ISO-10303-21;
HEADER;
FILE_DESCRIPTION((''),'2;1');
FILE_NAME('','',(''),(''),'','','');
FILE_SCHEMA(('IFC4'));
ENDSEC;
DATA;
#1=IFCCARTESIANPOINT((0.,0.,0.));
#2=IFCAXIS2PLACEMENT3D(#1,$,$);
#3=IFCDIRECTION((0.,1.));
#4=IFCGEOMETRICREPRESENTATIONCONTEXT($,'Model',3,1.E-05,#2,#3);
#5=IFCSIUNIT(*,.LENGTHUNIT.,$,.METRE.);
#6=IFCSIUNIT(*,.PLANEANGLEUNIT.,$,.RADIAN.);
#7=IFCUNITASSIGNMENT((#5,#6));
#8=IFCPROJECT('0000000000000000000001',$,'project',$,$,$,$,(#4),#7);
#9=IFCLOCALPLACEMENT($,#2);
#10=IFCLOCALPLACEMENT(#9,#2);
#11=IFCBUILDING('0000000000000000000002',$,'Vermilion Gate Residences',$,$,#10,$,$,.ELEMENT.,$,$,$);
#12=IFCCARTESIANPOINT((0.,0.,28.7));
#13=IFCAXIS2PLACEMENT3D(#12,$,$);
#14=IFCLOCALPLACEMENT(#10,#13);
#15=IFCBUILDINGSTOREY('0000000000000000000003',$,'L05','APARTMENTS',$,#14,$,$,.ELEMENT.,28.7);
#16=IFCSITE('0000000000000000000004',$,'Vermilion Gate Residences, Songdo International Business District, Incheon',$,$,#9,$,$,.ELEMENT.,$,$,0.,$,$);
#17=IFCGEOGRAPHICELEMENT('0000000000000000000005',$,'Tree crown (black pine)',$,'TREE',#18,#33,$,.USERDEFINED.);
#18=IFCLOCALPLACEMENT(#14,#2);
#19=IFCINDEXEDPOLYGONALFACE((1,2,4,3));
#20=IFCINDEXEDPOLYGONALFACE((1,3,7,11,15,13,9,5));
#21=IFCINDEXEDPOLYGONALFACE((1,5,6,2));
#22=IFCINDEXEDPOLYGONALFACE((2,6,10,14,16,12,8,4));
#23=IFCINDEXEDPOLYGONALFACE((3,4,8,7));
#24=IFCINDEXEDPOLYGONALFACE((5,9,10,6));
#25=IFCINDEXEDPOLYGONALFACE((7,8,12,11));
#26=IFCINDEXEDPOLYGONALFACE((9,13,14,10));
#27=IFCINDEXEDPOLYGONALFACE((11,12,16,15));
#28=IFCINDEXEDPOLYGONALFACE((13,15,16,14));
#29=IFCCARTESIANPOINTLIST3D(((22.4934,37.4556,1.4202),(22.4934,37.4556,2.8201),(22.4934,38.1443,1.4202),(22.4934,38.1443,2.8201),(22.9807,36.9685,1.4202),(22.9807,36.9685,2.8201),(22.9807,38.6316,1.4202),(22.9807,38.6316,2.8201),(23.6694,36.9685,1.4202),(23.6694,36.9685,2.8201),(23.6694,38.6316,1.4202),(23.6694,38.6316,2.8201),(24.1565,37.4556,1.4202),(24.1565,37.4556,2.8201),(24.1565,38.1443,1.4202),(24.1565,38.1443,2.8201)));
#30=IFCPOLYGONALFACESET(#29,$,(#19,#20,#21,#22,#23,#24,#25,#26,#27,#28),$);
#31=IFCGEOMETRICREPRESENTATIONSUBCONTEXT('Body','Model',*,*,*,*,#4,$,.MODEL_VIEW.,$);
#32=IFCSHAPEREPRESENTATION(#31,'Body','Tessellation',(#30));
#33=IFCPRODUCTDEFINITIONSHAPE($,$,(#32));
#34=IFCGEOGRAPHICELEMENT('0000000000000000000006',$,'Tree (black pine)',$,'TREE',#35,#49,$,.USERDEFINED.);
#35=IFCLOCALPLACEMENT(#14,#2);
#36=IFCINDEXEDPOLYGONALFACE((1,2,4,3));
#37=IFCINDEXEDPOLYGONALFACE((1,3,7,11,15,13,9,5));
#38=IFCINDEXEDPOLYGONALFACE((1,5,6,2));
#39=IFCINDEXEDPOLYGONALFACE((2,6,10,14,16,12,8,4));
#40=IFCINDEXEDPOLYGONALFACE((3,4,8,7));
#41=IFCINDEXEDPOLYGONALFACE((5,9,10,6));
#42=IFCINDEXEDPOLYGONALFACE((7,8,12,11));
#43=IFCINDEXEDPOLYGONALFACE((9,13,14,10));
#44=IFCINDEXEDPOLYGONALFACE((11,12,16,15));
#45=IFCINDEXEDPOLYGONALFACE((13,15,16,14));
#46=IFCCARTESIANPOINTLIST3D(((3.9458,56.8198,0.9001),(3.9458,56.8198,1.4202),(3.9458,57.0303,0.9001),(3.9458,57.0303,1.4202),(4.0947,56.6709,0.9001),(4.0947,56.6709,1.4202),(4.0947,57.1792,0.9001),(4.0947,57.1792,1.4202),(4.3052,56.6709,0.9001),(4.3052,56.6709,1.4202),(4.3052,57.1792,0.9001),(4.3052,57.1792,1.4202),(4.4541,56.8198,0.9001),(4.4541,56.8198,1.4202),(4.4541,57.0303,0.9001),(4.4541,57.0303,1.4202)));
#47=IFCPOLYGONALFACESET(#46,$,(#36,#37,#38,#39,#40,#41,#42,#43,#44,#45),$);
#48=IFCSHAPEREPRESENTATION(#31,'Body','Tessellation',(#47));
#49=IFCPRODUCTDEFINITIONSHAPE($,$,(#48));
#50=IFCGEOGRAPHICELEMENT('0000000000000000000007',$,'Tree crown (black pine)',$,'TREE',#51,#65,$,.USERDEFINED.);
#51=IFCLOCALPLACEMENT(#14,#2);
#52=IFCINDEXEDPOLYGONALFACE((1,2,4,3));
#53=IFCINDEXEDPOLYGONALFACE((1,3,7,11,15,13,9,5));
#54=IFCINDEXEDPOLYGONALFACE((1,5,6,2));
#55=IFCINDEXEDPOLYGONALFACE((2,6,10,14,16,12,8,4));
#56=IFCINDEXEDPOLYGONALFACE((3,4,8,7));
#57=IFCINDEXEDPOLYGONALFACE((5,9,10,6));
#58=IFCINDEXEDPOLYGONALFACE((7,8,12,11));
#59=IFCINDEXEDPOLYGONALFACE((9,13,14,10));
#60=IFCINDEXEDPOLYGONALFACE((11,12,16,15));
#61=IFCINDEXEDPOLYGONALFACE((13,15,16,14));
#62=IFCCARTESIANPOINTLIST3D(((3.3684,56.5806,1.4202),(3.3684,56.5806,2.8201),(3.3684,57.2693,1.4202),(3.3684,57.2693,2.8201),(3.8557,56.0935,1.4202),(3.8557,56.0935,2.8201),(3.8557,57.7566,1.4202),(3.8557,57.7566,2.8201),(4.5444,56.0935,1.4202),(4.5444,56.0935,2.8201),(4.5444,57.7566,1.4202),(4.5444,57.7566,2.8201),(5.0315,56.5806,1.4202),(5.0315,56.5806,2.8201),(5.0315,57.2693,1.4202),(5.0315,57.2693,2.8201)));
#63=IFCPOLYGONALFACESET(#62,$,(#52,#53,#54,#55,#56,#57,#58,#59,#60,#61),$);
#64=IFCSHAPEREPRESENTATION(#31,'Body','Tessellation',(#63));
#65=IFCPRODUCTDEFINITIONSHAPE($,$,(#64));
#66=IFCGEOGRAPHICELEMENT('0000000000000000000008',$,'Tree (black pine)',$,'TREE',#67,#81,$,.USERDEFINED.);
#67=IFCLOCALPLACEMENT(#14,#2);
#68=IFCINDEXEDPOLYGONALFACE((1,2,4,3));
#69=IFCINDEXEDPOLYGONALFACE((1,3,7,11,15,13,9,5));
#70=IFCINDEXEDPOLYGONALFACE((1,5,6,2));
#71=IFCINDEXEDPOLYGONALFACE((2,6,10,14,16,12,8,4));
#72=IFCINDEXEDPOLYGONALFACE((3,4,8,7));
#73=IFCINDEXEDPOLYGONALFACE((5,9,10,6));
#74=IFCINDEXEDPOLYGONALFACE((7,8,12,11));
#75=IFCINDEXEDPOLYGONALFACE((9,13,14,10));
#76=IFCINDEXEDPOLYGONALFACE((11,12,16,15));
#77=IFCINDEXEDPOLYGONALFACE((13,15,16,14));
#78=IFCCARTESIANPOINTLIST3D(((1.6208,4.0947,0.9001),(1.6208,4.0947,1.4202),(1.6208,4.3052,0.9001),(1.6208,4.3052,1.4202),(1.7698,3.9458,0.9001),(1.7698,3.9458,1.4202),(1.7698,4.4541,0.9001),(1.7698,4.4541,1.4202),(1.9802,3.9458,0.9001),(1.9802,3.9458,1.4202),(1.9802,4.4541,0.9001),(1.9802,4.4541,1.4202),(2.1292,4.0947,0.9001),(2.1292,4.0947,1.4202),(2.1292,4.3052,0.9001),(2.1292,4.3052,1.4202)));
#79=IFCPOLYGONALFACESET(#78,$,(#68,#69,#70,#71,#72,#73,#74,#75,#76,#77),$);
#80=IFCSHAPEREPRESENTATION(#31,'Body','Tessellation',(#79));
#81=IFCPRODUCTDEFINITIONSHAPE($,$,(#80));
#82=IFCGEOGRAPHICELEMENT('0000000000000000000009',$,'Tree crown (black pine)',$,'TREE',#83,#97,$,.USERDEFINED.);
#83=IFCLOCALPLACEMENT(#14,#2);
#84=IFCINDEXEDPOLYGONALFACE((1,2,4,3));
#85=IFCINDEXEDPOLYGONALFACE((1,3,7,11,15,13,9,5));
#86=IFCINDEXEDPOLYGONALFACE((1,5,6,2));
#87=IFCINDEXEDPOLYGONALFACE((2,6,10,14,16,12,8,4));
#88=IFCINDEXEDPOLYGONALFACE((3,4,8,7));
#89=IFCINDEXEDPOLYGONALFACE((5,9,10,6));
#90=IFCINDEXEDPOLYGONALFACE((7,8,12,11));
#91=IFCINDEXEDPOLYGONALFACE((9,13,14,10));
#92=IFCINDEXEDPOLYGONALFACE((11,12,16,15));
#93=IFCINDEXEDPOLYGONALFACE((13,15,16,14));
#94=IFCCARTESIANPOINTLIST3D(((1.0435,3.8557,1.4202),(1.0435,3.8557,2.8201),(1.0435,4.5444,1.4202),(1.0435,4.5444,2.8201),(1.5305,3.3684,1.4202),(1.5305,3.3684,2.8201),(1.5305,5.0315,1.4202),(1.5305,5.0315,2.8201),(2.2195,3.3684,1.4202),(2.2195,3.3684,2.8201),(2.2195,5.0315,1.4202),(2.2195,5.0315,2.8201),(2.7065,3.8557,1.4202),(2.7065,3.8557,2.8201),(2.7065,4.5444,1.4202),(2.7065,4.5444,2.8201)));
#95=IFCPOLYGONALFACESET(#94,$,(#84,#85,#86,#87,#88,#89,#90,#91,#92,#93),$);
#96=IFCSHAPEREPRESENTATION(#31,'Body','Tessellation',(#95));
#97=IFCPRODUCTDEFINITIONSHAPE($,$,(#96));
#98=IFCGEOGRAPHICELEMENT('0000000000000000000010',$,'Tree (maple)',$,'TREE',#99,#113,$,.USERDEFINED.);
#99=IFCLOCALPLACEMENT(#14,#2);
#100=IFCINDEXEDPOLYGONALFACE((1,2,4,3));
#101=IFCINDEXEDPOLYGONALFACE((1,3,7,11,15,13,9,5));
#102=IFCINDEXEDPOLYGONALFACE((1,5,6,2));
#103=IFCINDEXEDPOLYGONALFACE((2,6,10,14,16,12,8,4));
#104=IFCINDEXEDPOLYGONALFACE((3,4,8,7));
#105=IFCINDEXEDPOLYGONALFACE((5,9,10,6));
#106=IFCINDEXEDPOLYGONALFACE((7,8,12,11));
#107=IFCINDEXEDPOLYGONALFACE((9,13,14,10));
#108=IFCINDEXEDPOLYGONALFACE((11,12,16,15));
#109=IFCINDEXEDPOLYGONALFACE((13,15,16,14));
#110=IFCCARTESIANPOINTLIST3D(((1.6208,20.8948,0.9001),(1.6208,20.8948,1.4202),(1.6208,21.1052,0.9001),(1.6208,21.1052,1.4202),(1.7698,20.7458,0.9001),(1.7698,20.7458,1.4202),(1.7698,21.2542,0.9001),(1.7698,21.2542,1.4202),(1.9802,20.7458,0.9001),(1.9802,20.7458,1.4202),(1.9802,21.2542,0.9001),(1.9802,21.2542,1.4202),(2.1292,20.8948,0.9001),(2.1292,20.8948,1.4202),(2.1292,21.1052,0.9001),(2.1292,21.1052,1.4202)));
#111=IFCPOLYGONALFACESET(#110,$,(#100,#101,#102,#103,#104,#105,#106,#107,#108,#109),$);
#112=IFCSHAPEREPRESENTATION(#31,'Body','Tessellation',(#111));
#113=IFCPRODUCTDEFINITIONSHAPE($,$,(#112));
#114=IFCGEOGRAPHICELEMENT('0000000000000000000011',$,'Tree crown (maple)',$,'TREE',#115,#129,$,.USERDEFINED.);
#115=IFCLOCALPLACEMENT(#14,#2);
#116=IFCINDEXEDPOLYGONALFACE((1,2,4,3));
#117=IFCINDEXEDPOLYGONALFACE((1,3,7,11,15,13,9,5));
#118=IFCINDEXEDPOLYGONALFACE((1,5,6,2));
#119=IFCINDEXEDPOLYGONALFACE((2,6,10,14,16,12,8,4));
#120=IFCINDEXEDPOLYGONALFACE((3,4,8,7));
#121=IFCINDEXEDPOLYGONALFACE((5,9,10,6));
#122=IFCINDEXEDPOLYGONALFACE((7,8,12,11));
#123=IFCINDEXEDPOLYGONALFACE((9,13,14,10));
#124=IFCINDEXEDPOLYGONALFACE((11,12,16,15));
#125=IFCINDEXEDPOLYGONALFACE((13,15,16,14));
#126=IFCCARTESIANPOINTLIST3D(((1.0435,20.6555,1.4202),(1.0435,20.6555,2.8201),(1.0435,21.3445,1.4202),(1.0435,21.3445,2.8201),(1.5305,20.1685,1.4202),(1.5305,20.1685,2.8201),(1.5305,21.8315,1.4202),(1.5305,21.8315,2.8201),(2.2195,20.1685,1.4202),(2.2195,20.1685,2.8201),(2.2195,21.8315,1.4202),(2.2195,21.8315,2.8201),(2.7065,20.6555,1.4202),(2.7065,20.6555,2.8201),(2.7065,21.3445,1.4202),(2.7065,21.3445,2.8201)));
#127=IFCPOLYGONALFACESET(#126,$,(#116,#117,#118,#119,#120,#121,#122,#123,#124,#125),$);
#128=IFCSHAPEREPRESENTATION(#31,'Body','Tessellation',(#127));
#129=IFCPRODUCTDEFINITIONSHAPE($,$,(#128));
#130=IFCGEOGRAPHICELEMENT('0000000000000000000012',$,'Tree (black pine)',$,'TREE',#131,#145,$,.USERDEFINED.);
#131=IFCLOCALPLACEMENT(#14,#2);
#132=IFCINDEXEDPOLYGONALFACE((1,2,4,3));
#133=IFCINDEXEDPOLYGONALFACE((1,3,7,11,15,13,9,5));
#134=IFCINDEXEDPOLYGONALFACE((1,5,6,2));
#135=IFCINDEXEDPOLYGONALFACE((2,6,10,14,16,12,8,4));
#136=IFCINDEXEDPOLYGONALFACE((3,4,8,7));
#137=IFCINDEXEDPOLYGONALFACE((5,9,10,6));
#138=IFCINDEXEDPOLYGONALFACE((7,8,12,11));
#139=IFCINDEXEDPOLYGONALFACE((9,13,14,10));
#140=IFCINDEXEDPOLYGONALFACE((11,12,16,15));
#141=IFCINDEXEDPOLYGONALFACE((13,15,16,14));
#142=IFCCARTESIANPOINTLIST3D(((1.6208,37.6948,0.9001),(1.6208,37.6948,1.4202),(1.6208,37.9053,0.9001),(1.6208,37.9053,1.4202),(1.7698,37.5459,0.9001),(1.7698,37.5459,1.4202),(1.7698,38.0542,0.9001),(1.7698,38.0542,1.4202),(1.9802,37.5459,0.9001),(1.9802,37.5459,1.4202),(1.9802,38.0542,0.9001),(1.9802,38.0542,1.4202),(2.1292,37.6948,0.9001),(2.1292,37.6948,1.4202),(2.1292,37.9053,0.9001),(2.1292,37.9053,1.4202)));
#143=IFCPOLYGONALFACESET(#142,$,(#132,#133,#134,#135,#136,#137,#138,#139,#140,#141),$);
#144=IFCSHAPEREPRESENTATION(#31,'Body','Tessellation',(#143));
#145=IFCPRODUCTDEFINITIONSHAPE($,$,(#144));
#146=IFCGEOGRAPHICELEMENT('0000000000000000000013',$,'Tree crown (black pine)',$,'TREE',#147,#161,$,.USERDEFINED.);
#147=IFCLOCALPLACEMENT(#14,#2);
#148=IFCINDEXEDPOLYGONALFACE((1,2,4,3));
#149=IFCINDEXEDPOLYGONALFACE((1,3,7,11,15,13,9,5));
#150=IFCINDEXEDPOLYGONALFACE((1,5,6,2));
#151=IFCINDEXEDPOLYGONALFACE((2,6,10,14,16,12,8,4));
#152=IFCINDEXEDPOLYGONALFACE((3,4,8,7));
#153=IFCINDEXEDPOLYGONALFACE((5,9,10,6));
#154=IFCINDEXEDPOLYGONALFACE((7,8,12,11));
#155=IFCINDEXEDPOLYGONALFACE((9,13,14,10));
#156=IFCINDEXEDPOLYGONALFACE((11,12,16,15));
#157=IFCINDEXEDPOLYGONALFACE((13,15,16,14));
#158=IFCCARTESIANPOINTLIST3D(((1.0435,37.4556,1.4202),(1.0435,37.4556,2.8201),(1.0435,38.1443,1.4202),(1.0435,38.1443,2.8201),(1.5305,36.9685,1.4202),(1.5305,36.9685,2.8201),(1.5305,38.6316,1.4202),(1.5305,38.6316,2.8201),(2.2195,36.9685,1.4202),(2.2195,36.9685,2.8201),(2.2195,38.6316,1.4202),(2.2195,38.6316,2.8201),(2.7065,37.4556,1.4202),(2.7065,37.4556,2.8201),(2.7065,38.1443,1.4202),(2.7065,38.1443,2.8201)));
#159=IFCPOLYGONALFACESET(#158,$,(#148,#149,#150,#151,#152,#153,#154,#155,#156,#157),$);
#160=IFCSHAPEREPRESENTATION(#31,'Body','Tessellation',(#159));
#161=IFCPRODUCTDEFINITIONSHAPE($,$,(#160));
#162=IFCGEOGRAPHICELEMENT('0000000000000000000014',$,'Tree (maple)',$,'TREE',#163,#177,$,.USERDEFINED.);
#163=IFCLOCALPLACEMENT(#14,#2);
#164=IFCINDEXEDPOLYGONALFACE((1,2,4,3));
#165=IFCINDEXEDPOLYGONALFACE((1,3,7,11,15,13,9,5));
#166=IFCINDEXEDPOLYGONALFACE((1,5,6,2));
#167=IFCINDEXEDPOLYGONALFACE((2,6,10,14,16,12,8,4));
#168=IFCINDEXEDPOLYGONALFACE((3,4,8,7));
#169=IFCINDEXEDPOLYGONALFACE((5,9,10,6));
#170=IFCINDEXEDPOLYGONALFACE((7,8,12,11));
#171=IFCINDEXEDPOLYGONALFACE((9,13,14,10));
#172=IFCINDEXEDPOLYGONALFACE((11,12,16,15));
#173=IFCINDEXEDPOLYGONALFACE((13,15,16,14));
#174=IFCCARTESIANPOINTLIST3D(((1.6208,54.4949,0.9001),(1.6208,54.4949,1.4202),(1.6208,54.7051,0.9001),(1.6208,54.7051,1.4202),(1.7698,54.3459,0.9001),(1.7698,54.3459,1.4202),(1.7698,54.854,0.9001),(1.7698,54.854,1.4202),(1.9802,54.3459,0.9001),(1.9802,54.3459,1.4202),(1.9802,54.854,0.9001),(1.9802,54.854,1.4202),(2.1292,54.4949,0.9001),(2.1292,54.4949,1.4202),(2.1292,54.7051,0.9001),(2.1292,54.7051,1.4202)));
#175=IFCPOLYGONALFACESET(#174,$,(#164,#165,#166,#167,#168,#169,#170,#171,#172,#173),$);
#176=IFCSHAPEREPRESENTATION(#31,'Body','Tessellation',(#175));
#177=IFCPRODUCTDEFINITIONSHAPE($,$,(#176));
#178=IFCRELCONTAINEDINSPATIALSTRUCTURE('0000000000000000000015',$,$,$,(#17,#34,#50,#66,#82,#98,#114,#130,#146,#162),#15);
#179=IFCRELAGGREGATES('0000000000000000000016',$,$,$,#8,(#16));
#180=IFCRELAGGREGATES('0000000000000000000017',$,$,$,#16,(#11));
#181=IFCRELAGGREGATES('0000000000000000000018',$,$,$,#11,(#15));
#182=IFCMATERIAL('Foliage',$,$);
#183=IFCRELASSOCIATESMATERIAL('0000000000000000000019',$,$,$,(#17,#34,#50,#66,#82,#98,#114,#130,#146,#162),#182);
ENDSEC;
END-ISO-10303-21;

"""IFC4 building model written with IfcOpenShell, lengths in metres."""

from ifc_helpers import new_model, si_unit, direction, frame, origin, place, context, subcontext, project, spatial, polyline, outline, extrude, material, element, save


model = new_model("IFC4")

# Units and contexts
model_context = context("Model", 3, precision=1e-05, world=origin(), true_north=direction((0.0, 1.0)))
body_context = subcontext(model_context, "Body", "Model", "MODEL_VIEW")
ifc_project = project(units=[si_unit("LENGTHUNIT", "METRE"), si_unit("PLANEANGLEUNIT", "RADIAN")], contexts=[model_context])

# Site, building, storey
site_placement = place(None, origin())
site = spatial("IfcSite", under=ifc_project, at=site_placement, Name="Vermilion Gate Residences, Songdo International Business District, Incheon", CompositionType="ELEMENT", RefElevation=0.0)
building_placement = place(site_placement, origin())
building = spatial("IfcBuilding", under=site, at=building_placement, Name="Vermilion Gate Residences", CompositionType="ELEMENT")
storey_placement = place(building_placement, frame((0.0, 0.0, 28.7)))
storey = spatial("IfcBuildingStorey", under=building, at=storey_placement, Name="L05", Description="APARTMENTS", CompositionType="ELEMENT", Elevation=28.7)

# Geographic elements
ifc_material_1 = material(Name="Foliage")
geographic_element_1_placement = place(storey_placement, frame((0.0, 0.0, 1.4202)))
element("IfcGeographicElement", 1, at=geographic_element_1_placement, inside=storey, material=ifc_material_1, Name="Tree crown (black pine)", ObjectType="TREE", PredefinedType="USERDEFINED", context=body_context, shape_type="SweptSolid", body=[
    extrude(outline(polyline([(24.1565, 38.1443), (23.6694, 38.6316), (22.9807, 38.6316), (22.4934, 38.1443), (22.4934, 37.4556), (22.9807, 36.9685), (23.6694, 36.9685), (24.1565, 37.4556), (24.1565, 38.1443)])), origin(), (0.0, 0.0, 1.0), 1.3999),
])
geographic_element_2_placement = place(storey_placement, frame((0.0, 0.0, 0.9001)))
element("IfcGeographicElement", 2, at=geographic_element_2_placement, inside=storey, material=ifc_material_1, Name="Tree (black pine)", ObjectType="TREE", PredefinedType="USERDEFINED", context=body_context, shape_type="SweptSolid", body=[
    extrude(outline(polyline([(4.4541, 57.0303), (4.3052, 57.1792), (4.0947, 57.1792), (3.9458, 57.0303), (3.9458, 56.8198), (4.0947, 56.6709), (4.3052, 56.6709), (4.4541, 56.8198), (4.4541, 57.0303)])), origin(), (0.0, 0.0, 1.0), 0.52),
])
geographic_element_3_placement = place(storey_placement, frame((0.0, 0.0, 1.4202)))
element("IfcGeographicElement", 3, at=geographic_element_3_placement, inside=storey, material=ifc_material_1, Name="Tree crown (black pine)", ObjectType="TREE", PredefinedType="USERDEFINED", context=body_context, shape_type="SweptSolid", body=[
    extrude(outline(polyline([(5.0315, 57.2693), (4.5444, 57.7566), (3.8557, 57.7566), (3.3684, 57.2693), (3.3684, 56.5806), (3.8557, 56.0935), (4.5444, 56.0935), (5.0315, 56.5806), (5.0315, 57.2693)])), origin(), (0.0, 0.0, 1.0), 1.3999),
])
geographic_element_4_placement = place(storey_placement, frame((0.0, 0.0, 0.9001)))
element("IfcGeographicElement", 4, at=geographic_element_4_placement, inside=storey, material=ifc_material_1, Name="Tree (black pine)", ObjectType="TREE", PredefinedType="USERDEFINED", context=body_context, shape_type="SweptSolid", body=[
    extrude(outline(polyline([(2.1292, 4.3052), (1.9802, 4.4541), (1.7698, 4.4541), (1.6208, 4.3052), (1.6208, 4.0947), (1.7698, 3.9458), (1.9802, 3.9458), (2.1292, 4.0947), (2.1292, 4.3052)])), origin(), (0.0, 0.0, 1.0), 0.52),
])
geographic_element_5_placement = place(storey_placement, frame((0.0, 0.0, 1.4202)))
element("IfcGeographicElement", 5, at=geographic_element_5_placement, inside=storey, material=ifc_material_1, Name="Tree crown (black pine)", ObjectType="TREE", PredefinedType="USERDEFINED", context=body_context, shape_type="SweptSolid", body=[
    extrude(outline(polyline([(2.7065, 4.5444), (2.2195, 5.0315), (1.5305, 5.0315), (1.0435, 4.5444), (1.0435, 3.8557), (1.5305, 3.3684), (2.2195, 3.3684), (2.7065, 3.8557), (2.7065, 4.5444)])), origin(), (0.0, 0.0, 1.0), 1.3999),
])
geographic_element_6_placement = place(storey_placement, frame((0.0, 0.0, 0.9001)))
element("IfcGeographicElement", 6, at=geographic_element_6_placement, inside=storey, material=ifc_material_1, Name="Tree (maple)", ObjectType="TREE", PredefinedType="USERDEFINED", context=body_context, shape_type="SweptSolid", body=[
    extrude(outline(polyline([(2.1292, 21.1052), (1.9802, 21.2542), (1.7698, 21.2542), (1.6208, 21.1052), (1.6208, 20.8948), (1.7698, 20.7458), (1.9802, 20.7458), (2.1292, 20.8948), (2.1292, 21.1052)])), origin(), (0.0, 0.0, 1.0), 0.52),
])
geographic_element_7_placement = place(storey_placement, frame((0.0, 0.0, 1.4202)))
element("IfcGeographicElement", 7, at=geographic_element_7_placement, inside=storey, material=ifc_material_1, Name="Tree crown (maple)", ObjectType="TREE", PredefinedType="USERDEFINED", context=body_context, shape_type="SweptSolid", body=[
    extrude(outline(polyline([(2.7065, 21.3445), (2.2195, 21.8315), (1.5305, 21.8315), (1.0435, 21.3445), (1.0435, 20.6555), (1.5305, 20.1685), (2.2195, 20.1685), (2.7065, 20.6555), (2.7065, 21.3445)])), origin(), (0.0, 0.0, 1.0), 1.3999),
])
geographic_element_8_placement = place(storey_placement, frame((0.0, 0.0, 0.9001)))
element("IfcGeographicElement", 8, at=geographic_element_8_placement, inside=storey, material=ifc_material_1, Name="Tree (black pine)", ObjectType="TREE", PredefinedType="USERDEFINED", context=body_context, shape_type="SweptSolid", body=[
    extrude(outline(polyline([(2.1292, 37.9053), (1.9802, 38.0542), (1.7698, 38.0542), (1.6208, 37.9053), (1.6208, 37.6948), (1.7698, 37.5459), (1.9802, 37.5459), (2.1292, 37.6948), (2.1292, 37.9053)])), origin(), (0.0, 0.0, 1.0), 0.52),
])
geographic_element_9_placement = place(storey_placement, frame((0.0, 0.0, 1.4202)))
element("IfcGeographicElement", 9, at=geographic_element_9_placement, inside=storey, material=ifc_material_1, Name="Tree crown (black pine)", ObjectType="TREE", PredefinedType="USERDEFINED", context=body_context, shape_type="SweptSolid", body=[
    extrude(outline(polyline([(2.7065, 38.1443), (2.2195, 38.6316), (1.5305, 38.6316), (1.0435, 38.1443), (1.0435, 37.4556), (1.5305, 36.9685), (2.2195, 36.9685), (2.7065, 37.4556), (2.7065, 38.1443)])), origin(), (0.0, 0.0, 1.0), 1.3999),
])
geographic_element_10_placement = place(storey_placement, frame((0.0, 0.0, 0.9001)))
element("IfcGeographicElement", 10, at=geographic_element_10_placement, inside=storey, material=ifc_material_1, Name="Tree (maple)", ObjectType="TREE", PredefinedType="USERDEFINED", context=body_context, shape_type="SweptSolid", body=[
    extrude(outline(polyline([(2.1292, 54.7051), (1.9802, 54.854), (1.7698, 54.854), (1.6208, 54.7051), (1.6208, 54.4949), (1.7698, 54.3459), (1.9802, 54.3459), (2.1292, 54.4949), (2.1292, 54.7051)])), origin(), (0.0, 0.0, 1.0), 0.52),
])

save(model, "model.ifc")
